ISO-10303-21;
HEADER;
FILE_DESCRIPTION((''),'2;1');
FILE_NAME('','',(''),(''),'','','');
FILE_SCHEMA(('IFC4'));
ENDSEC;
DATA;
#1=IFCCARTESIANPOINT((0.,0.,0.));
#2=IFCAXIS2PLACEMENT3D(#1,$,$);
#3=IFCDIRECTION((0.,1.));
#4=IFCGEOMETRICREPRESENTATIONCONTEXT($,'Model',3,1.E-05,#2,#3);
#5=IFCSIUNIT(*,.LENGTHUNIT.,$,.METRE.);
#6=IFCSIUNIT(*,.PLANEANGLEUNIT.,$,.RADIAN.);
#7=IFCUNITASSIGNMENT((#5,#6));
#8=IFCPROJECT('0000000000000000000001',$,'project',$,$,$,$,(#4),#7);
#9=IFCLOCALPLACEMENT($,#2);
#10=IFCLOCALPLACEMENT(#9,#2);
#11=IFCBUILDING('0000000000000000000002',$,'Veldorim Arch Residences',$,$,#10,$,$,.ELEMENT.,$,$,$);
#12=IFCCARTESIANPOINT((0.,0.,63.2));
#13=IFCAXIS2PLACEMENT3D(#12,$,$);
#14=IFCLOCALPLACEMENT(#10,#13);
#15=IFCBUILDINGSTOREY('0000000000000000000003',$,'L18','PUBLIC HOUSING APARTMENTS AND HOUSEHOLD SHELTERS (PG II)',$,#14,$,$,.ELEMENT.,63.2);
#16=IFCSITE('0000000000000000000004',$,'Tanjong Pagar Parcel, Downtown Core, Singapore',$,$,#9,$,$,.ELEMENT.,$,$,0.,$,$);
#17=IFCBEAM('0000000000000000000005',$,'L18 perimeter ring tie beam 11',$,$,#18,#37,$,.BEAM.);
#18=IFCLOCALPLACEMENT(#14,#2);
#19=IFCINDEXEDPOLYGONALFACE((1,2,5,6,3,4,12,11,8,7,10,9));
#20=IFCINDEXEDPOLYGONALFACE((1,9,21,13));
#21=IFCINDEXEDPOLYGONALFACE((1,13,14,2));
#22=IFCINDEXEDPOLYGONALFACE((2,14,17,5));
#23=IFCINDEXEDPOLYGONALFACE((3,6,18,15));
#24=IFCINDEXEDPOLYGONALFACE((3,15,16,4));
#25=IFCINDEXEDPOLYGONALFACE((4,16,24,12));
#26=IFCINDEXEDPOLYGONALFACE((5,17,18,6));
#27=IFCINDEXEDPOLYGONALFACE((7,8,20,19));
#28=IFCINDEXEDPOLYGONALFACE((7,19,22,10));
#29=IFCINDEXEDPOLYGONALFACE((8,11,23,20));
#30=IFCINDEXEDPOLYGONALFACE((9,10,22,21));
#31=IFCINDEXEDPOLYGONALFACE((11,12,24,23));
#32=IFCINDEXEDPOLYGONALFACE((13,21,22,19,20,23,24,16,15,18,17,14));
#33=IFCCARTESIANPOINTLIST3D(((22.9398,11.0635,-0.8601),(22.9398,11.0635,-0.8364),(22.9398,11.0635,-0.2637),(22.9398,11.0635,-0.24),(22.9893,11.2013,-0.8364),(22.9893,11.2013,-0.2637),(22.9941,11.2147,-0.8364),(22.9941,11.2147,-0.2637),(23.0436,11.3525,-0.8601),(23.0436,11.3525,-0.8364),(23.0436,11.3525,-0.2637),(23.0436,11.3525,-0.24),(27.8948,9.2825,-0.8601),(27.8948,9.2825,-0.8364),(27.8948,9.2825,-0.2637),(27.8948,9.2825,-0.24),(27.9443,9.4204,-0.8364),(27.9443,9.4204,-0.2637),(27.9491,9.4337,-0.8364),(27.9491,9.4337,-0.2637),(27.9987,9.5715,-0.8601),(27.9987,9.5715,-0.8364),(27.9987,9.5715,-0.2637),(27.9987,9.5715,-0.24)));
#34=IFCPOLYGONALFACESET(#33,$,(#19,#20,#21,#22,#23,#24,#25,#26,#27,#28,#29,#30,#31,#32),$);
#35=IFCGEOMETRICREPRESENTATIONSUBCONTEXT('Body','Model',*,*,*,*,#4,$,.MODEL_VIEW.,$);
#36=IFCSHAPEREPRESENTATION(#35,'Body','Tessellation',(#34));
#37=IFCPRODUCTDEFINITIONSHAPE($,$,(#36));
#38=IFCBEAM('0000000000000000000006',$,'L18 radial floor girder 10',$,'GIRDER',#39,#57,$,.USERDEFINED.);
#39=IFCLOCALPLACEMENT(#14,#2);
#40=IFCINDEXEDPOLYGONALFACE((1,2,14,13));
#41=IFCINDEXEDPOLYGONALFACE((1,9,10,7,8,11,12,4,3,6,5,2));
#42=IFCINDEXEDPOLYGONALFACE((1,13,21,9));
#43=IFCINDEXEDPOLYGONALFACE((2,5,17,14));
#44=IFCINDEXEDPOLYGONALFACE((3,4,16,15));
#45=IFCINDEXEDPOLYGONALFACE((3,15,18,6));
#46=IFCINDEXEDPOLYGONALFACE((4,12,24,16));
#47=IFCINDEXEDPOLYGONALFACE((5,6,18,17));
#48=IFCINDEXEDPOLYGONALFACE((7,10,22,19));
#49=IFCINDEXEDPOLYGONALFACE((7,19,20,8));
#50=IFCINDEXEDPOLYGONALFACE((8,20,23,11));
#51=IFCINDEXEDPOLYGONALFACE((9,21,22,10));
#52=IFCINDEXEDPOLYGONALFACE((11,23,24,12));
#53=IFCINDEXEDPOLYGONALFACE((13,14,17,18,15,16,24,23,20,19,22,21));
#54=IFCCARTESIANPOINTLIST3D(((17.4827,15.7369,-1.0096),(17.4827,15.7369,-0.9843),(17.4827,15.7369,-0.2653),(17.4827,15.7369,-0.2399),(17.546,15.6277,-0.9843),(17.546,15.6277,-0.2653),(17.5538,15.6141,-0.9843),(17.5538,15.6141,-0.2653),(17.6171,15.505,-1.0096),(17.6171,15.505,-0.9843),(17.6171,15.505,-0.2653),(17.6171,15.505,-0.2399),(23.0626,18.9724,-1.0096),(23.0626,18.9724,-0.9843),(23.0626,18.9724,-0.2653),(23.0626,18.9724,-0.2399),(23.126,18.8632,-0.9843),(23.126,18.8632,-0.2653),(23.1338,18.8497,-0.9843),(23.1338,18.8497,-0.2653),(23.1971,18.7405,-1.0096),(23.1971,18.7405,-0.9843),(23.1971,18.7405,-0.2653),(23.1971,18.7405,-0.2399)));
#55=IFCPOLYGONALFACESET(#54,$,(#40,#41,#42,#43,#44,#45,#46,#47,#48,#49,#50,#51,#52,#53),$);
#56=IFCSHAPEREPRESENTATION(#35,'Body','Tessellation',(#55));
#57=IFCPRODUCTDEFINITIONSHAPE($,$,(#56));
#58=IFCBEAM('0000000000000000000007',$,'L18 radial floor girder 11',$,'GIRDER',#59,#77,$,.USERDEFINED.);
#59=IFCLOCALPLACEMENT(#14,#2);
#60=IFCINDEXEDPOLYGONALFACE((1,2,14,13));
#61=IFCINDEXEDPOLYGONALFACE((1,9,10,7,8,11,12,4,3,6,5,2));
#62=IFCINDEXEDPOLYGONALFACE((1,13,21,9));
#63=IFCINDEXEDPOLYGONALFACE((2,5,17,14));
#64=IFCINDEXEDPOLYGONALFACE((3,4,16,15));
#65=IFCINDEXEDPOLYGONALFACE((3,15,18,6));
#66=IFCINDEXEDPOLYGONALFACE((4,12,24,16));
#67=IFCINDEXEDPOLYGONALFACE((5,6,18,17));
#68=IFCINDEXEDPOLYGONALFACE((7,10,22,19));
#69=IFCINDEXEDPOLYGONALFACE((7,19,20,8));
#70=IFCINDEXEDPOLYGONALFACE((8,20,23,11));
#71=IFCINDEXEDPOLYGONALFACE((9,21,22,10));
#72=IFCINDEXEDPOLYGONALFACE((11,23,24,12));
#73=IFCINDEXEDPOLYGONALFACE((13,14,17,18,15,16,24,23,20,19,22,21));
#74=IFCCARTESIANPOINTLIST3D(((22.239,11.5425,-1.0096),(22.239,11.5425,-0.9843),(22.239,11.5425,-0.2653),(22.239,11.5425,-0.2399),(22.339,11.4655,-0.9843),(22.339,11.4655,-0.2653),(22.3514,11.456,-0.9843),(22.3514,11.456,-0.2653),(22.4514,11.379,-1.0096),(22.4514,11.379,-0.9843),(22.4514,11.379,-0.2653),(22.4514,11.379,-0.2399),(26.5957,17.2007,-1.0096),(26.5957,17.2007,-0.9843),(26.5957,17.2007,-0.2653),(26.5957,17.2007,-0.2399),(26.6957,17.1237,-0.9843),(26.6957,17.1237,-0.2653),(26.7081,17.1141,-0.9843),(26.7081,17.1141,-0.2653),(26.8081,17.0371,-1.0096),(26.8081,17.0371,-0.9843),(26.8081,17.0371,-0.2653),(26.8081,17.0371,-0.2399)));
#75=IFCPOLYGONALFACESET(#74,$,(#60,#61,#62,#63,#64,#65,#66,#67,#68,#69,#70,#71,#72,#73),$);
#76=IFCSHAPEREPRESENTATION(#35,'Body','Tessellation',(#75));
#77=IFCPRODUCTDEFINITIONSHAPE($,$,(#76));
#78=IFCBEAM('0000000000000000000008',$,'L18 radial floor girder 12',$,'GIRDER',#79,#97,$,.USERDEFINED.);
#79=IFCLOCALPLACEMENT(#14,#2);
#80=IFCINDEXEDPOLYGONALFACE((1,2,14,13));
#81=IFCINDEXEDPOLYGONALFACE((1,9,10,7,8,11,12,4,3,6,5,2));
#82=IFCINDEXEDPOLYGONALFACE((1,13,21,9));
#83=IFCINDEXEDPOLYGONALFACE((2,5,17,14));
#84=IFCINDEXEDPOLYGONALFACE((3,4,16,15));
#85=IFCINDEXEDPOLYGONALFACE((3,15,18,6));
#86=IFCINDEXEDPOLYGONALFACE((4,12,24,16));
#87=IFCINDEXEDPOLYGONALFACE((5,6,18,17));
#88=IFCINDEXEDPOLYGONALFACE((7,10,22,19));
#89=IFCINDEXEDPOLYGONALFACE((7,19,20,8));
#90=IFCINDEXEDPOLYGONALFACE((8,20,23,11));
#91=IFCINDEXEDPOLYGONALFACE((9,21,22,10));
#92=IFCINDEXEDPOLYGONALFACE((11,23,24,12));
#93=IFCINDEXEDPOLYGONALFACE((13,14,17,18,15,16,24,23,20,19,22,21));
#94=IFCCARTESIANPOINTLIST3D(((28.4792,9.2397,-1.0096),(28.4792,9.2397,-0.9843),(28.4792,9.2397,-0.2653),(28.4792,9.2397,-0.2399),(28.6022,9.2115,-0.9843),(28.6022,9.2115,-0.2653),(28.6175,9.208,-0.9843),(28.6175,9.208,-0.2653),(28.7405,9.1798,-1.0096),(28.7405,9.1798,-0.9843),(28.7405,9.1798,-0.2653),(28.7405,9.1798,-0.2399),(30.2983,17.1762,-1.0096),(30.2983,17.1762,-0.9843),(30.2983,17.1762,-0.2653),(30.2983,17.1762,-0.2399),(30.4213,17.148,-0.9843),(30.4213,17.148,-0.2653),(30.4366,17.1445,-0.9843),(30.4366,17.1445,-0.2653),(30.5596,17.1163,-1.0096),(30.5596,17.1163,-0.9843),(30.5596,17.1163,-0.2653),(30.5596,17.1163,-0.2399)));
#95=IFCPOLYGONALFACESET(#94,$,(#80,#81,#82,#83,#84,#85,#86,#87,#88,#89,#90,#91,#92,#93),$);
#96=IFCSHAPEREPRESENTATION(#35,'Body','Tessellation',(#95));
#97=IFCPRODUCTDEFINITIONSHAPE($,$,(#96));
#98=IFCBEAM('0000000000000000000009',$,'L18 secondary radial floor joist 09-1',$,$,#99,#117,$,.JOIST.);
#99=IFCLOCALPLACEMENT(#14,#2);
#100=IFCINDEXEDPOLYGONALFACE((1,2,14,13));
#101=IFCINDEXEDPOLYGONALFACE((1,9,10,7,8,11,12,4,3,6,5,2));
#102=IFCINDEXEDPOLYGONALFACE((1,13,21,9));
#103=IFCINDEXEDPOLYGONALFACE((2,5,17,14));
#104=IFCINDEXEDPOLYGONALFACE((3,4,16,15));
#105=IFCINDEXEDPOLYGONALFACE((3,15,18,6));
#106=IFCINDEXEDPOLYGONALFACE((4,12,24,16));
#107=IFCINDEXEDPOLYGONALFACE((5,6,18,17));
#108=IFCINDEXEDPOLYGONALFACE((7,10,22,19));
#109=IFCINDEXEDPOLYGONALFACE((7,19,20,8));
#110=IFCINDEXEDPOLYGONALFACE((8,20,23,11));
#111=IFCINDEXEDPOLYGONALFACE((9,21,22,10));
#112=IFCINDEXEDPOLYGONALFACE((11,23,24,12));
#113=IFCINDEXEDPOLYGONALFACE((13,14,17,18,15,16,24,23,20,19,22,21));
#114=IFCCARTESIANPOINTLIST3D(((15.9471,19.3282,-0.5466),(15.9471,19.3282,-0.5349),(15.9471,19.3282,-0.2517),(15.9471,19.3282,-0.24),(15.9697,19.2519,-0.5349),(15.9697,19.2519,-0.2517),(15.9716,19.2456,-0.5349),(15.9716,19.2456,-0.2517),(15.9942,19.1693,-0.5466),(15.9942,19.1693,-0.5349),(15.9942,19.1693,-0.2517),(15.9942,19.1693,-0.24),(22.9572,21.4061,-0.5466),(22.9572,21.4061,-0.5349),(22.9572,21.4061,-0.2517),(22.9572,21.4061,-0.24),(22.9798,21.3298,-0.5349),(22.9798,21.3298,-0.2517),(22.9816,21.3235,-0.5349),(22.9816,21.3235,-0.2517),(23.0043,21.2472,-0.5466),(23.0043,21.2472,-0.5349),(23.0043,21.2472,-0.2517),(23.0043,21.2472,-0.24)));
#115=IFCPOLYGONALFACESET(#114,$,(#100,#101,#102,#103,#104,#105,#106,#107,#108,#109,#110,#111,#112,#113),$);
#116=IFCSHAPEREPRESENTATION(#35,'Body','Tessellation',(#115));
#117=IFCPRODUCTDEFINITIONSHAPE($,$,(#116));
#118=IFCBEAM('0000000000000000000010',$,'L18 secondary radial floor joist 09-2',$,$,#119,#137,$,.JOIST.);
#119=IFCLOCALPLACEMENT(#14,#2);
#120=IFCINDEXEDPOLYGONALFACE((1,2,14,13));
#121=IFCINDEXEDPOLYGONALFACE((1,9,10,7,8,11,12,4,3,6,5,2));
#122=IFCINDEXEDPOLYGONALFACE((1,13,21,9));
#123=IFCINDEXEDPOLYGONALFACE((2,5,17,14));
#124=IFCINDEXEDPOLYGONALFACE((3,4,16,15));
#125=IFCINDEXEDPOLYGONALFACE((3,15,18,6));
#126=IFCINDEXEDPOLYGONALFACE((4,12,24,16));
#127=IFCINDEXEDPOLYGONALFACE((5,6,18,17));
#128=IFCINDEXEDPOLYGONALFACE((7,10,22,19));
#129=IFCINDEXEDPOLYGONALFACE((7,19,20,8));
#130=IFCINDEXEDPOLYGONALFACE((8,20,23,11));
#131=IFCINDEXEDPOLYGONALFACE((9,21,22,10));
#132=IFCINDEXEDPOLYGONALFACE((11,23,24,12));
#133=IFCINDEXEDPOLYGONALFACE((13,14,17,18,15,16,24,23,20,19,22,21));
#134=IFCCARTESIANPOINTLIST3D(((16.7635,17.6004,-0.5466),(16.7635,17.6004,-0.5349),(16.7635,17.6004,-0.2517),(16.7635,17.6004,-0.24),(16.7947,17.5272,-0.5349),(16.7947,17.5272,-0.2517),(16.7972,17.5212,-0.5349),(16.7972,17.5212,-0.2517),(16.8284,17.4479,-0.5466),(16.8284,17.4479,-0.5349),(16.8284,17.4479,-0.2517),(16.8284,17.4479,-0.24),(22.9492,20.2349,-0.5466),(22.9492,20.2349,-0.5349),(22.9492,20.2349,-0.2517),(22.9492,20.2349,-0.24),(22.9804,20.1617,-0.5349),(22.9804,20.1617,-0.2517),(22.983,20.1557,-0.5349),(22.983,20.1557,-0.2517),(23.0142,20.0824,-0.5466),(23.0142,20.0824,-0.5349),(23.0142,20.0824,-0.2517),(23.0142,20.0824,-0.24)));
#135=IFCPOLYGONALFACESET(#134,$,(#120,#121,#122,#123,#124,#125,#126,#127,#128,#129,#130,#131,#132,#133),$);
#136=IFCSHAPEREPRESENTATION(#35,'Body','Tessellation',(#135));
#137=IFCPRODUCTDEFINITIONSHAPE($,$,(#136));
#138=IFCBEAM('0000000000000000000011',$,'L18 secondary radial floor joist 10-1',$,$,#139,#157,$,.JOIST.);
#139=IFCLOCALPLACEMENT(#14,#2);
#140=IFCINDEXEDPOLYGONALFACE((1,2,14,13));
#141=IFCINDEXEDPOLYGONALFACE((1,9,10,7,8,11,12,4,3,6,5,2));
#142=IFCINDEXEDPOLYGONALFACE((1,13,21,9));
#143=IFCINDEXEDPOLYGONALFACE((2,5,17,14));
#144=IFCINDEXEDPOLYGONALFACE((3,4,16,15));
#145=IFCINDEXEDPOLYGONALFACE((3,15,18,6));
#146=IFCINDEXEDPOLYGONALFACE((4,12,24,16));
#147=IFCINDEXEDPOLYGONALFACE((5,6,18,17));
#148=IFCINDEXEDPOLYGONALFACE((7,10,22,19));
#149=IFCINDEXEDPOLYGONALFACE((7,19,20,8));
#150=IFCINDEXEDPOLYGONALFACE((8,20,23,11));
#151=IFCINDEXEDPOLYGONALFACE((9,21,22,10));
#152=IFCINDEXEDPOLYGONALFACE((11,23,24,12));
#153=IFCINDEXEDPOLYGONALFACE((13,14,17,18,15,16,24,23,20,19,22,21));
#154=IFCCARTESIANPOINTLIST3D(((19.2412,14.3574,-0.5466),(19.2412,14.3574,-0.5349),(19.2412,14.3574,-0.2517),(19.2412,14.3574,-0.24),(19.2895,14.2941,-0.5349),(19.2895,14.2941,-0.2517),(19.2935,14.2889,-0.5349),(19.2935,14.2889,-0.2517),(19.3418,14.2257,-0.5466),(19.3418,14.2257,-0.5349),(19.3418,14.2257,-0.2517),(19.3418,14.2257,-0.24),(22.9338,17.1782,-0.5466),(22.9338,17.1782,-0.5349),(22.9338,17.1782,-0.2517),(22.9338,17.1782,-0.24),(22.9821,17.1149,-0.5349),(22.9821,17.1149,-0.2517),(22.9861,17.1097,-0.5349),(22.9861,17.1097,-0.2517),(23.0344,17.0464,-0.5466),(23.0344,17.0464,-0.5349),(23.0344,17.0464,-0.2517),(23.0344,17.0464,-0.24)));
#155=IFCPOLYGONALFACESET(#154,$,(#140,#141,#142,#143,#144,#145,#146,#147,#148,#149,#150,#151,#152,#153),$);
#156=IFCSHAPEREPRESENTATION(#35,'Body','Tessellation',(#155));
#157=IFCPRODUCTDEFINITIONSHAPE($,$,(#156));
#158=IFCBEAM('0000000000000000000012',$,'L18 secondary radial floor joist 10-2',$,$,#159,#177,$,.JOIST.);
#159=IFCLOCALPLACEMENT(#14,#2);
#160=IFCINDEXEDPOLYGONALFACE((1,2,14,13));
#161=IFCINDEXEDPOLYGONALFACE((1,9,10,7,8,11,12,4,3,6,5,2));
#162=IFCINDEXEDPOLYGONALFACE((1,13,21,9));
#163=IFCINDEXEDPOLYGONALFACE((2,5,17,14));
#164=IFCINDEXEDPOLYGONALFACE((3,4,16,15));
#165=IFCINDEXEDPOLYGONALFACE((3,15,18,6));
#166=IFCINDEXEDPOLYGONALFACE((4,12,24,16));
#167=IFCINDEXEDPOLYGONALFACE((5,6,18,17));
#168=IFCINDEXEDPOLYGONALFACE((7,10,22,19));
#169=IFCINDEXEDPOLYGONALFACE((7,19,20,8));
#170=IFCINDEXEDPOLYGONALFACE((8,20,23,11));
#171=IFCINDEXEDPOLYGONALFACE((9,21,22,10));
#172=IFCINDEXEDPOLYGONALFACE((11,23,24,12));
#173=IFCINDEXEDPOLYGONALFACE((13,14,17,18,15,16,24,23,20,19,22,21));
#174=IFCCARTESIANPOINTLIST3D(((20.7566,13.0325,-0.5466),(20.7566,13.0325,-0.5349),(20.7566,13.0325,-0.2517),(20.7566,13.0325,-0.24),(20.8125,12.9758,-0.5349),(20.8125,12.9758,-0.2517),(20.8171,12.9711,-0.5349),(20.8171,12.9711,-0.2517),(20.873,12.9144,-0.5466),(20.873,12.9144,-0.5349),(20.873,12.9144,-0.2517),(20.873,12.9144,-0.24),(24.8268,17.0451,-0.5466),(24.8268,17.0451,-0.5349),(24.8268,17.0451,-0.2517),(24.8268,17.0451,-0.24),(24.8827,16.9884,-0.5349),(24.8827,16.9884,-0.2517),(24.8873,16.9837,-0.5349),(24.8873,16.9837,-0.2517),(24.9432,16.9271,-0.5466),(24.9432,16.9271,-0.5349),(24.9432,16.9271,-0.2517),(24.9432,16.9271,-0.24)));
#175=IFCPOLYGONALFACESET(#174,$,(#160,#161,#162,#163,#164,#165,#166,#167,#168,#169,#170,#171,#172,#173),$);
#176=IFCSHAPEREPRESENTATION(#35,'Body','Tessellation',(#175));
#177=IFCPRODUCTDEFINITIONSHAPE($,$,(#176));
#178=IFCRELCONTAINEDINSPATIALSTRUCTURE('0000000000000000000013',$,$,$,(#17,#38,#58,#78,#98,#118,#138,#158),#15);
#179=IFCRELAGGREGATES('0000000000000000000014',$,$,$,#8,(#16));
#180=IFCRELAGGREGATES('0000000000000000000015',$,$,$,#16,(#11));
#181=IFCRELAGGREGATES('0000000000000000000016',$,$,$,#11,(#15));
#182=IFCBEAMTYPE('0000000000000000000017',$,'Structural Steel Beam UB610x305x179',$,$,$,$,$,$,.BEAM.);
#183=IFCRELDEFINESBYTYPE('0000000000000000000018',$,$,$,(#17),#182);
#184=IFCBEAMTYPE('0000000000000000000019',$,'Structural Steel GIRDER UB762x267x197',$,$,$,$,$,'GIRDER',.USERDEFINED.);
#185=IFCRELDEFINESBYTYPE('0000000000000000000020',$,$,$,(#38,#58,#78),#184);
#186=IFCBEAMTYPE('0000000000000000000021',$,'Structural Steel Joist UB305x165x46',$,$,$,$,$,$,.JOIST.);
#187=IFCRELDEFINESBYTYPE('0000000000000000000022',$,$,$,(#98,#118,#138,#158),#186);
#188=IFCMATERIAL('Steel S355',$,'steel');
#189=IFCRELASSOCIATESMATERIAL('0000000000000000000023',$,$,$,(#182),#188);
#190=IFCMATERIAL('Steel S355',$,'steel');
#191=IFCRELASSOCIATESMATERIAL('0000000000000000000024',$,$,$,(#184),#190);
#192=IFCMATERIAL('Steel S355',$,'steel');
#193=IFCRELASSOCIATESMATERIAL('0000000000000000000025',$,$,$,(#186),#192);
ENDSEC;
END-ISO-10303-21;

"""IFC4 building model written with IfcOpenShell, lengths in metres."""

from ifc_helpers import new_model, si_unit, direction, frame, origin, origin_2d, place, context, subcontext, project, spatial, i_section, extrude, material, material_profile, profile_set, type_object, element, save


model = new_model("IFC4")

# Units and contexts
model_context = context("Model", 3, precision=1e-05, world=origin(), true_north=direction((0.0, 1.0)))
body_context = subcontext(model_context, "Body", "Model", "MODEL_VIEW")
ifc_project = project(units=[si_unit("LENGTHUNIT", "METRE"), si_unit("PLANEANGLEUNIT", "RADIAN")], contexts=[model_context])

# Site, building, storey
site_placement = place(None, origin())
site = spatial("IfcSite", under=ifc_project, at=site_placement, Name="Tanjong Pagar Parcel, Downtown Core, Singapore", CompositionType="ELEMENT", RefElevation=0.0)
building_placement = place(site_placement, origin())
building = spatial("IfcBuilding", under=site, at=building_placement, Name="Veldorim Arch Residences", CompositionType="ELEMENT")
storey_placement = place(building_placement, frame((0.0, 0.0, 63.2)))
storey = spatial("IfcBuildingStorey", under=building, at=storey_placement, Name="L18", Description="PUBLIC HOUSING APARTMENTS AND HOUSEHOLD SHELTERS (PG II)", CompositionType="ELEMENT", Elevation=63.2)

# Beams
ifc_material_1 = material(Name="Steel S355", Category="steel")
ifc_material_profile_1 = material_profile(ifc_material_1, i_section(OverallWidth=0.3071, OverallDepth=0.6201, WebThickness=0.0142, FlangeThickness=0.0237, at=origin_2d()), Name="UB610x305x179")
ifc_profile_set_1 = profile_set([ifc_material_profile_1], Name="Steel S355")
beam_type_1 = type_object("IfcBeamType", Name="Structural Steel Beam UB610x305x179", PredefinedType="BEAM", material=ifc_profile_set_1)
beam_1_placement = place(storey_placement, frame((22.9917, 11.208, -0.55), z_axis=(0.941058, -0.338245, 0.0), x_axis=(0.338245, 0.941058, 0.0)))
element("IfcBeam", 1, at=beam_1_placement, inside=storey, type_object=beam_type_1, Name="L18 perimeter ring tie beam 11", PredefinedType="BEAM", context=body_context, shape_type="SweptSolid", body=[
    extrude(i_section(OverallWidth=0.3071, OverallDepth=0.6201, WebThickness=0.0142, FlangeThickness=0.0237, at=origin_2d()), origin(), (0.0, 0.0, 1.0), 5.2654),
])
ifc_material_2 = material(Name="Steel S355", Category="steel")
ifc_material_profile_2 = material_profile(ifc_material_2, i_section(OverallWidth=0.2681, OverallDepth=0.7698, WebThickness=0.0156, FlangeThickness=0.0254, at=origin_2d()), Name="UB762x267x197")
ifc_profile_set_2 = profile_set([ifc_material_profile_2], Name="Steel S355")
beam_type_2 = type_object("IfcBeamType", Name="Structural Steel GIRDER UB762x267x197", ElementType="GIRDER", PredefinedType="USERDEFINED", material=ifc_profile_set_2)
beam_2_placement = place(storey_placement, frame((23.1299, 18.8564, -0.6248), z_axis=(-0.865088, -0.50162, 0.0), x_axis=(0.50162, -0.865088, 0.0)))
element("IfcBeam", 2, at=beam_2_placement, inside=storey, type_object=beam_type_2, Name="L18 radial floor girder 10", ObjectType="GIRDER", PredefinedType="USERDEFINED", context=body_context, shape_type="SweptSolid", body=[
    extrude(i_section(OverallWidth=0.2681, OverallDepth=0.7698, WebThickness=0.0156, FlangeThickness=0.0254, at=origin_2d()), origin(), (0.0, 0.0, 1.0), 6.4502),
])
beam_3_placement = place(storey_placement, frame((26.7019, 17.1189, -0.6248), z_axis=(-0.610082, -0.792338, 0.0), x_axis=(0.792338, -0.610082, 0.0)))
element("IfcBeam", 3, at=beam_3_placement, inside=storey, type_object=beam_type_2, Name="L18 radial floor girder 11", ObjectType="GIRDER", PredefinedType="USERDEFINED", context=body_context, shape_type="SweptSolid", body=[
    extrude(i_section(OverallWidth=0.2681, OverallDepth=0.7698, WebThickness=0.0156, FlangeThickness=0.0254, at=origin_2d()), origin(), (0.0, 0.0, 1.0), 7.1411),
])
beam_4_placement = place(storey_placement, frame((30.429, 17.1462, -0.6248), z_axis=(-0.223412, -0.974724, 0.0), x_axis=(0.974724, -0.223412, 0.0)))
element("IfcBeam", 4, at=beam_4_placement, inside=storey, type_object=beam_type_2, Name="L18 radial floor girder 12", ObjectType="GIRDER", PredefinedType="USERDEFINED", context=body_context, shape_type="SweptSolid", body=[
    extrude(i_section(OverallWidth=0.2681, OverallDepth=0.7698, WebThickness=0.0156, FlangeThickness=0.0254, at=origin_2d()), origin(), (0.0, 0.0, 1.0), 8.1423),
])
ifc_material_3 = material(Name="Steel S355", Category="steel")
ifc_material_profile_3 = material_profile(ifc_material_3, i_section(OverallWidth=0.1658, OverallDepth=0.3066, WebThickness=0.0066, FlangeThickness=0.0117, at=origin_2d()), Name="UB305x165x46")
ifc_profile_set_3 = profile_set([ifc_material_profile_3], Name="Steel S355")
beam_type_3 = type_object("IfcBeamType", Name="Structural Steel Joist UB305x165x46", PredefinedType="JOIST", material=ifc_profile_set_3)
beam_5_placement = place(storey_placement, frame((22.9807, 21.3267, -0.3933), z_axis=(-0.958767, -0.284194, 0.0), x_axis=(0.284194, -0.958767, 0.0)))
element("IfcBeam", 5, at=beam_5_placement, inside=storey, type_object=beam_type_3, Name="L18 secondary radial floor joist 09-1", PredefinedType="JOIST", context=body_context, shape_type="SweptSolid", body=[
    extrude(i_section(OverallWidth=0.1658, OverallDepth=0.3066, WebThickness=0.0066, FlangeThickness=0.0117, at=origin_2d()), origin(), (0.0, 0.0, 1.0), 7.3115),
])
beam_6_placement = place(storey_placement, frame((22.9817, 20.1587, -0.3933), z_axis=(-0.920033, -0.391841, 0.0), x_axis=(0.391841, -0.920033, 0.0)))
element("IfcBeam", 6, at=beam_6_placement, inside=storey, type_object=beam_type_3, Name="L18 secondary radial floor joist 09-2", PredefinedType="JOIST", context=body_context, shape_type="SweptSolid", body=[
    extrude(i_section(OverallWidth=0.1658, OverallDepth=0.3066, WebThickness=0.0066, FlangeThickness=0.0117, at=origin_2d()), origin(), (0.0, 0.0, 1.0), 6.7234),
])
beam_7_placement = place(storey_placement, frame((22.9841, 17.1123, -0.3933), z_axis=(-0.794666, -0.607046, 0.0), x_axis=(0.607046, -0.794666, 0.0)))
element("IfcBeam", 7, at=beam_7_placement, inside=storey, type_object=beam_type_3, Name="L18 secondary radial floor joist 10-1", PredefinedType="JOIST", context=body_context, shape_type="SweptSolid", body=[
    extrude(i_section(OverallWidth=0.1658, OverallDepth=0.3066, WebThickness=0.0066, FlangeThickness=0.0117, at=origin_2d()), origin(), (0.0, 0.0, 1.0), 4.6467),
])
beam_8_placement = place(storey_placement, frame((24.885, 16.9861, -0.3933), z_axis=(-0.712129, -0.702049, 0.0), x_axis=(0.702049, -0.712129, 0.0)))
element("IfcBeam", 8, at=beam_8_placement, inside=storey, type_object=beam_type_3, Name="L18 secondary radial floor joist 10-2", PredefinedType="JOIST", context=body_context, shape_type="SweptSolid", body=[
    extrude(i_section(OverallWidth=0.1658, OverallDepth=0.3066, WebThickness=0.0066, FlangeThickness=0.0117, at=origin_2d()), origin(), (0.0, 0.0, 1.0), 5.7156),
])

save(model, "model.ifc")
